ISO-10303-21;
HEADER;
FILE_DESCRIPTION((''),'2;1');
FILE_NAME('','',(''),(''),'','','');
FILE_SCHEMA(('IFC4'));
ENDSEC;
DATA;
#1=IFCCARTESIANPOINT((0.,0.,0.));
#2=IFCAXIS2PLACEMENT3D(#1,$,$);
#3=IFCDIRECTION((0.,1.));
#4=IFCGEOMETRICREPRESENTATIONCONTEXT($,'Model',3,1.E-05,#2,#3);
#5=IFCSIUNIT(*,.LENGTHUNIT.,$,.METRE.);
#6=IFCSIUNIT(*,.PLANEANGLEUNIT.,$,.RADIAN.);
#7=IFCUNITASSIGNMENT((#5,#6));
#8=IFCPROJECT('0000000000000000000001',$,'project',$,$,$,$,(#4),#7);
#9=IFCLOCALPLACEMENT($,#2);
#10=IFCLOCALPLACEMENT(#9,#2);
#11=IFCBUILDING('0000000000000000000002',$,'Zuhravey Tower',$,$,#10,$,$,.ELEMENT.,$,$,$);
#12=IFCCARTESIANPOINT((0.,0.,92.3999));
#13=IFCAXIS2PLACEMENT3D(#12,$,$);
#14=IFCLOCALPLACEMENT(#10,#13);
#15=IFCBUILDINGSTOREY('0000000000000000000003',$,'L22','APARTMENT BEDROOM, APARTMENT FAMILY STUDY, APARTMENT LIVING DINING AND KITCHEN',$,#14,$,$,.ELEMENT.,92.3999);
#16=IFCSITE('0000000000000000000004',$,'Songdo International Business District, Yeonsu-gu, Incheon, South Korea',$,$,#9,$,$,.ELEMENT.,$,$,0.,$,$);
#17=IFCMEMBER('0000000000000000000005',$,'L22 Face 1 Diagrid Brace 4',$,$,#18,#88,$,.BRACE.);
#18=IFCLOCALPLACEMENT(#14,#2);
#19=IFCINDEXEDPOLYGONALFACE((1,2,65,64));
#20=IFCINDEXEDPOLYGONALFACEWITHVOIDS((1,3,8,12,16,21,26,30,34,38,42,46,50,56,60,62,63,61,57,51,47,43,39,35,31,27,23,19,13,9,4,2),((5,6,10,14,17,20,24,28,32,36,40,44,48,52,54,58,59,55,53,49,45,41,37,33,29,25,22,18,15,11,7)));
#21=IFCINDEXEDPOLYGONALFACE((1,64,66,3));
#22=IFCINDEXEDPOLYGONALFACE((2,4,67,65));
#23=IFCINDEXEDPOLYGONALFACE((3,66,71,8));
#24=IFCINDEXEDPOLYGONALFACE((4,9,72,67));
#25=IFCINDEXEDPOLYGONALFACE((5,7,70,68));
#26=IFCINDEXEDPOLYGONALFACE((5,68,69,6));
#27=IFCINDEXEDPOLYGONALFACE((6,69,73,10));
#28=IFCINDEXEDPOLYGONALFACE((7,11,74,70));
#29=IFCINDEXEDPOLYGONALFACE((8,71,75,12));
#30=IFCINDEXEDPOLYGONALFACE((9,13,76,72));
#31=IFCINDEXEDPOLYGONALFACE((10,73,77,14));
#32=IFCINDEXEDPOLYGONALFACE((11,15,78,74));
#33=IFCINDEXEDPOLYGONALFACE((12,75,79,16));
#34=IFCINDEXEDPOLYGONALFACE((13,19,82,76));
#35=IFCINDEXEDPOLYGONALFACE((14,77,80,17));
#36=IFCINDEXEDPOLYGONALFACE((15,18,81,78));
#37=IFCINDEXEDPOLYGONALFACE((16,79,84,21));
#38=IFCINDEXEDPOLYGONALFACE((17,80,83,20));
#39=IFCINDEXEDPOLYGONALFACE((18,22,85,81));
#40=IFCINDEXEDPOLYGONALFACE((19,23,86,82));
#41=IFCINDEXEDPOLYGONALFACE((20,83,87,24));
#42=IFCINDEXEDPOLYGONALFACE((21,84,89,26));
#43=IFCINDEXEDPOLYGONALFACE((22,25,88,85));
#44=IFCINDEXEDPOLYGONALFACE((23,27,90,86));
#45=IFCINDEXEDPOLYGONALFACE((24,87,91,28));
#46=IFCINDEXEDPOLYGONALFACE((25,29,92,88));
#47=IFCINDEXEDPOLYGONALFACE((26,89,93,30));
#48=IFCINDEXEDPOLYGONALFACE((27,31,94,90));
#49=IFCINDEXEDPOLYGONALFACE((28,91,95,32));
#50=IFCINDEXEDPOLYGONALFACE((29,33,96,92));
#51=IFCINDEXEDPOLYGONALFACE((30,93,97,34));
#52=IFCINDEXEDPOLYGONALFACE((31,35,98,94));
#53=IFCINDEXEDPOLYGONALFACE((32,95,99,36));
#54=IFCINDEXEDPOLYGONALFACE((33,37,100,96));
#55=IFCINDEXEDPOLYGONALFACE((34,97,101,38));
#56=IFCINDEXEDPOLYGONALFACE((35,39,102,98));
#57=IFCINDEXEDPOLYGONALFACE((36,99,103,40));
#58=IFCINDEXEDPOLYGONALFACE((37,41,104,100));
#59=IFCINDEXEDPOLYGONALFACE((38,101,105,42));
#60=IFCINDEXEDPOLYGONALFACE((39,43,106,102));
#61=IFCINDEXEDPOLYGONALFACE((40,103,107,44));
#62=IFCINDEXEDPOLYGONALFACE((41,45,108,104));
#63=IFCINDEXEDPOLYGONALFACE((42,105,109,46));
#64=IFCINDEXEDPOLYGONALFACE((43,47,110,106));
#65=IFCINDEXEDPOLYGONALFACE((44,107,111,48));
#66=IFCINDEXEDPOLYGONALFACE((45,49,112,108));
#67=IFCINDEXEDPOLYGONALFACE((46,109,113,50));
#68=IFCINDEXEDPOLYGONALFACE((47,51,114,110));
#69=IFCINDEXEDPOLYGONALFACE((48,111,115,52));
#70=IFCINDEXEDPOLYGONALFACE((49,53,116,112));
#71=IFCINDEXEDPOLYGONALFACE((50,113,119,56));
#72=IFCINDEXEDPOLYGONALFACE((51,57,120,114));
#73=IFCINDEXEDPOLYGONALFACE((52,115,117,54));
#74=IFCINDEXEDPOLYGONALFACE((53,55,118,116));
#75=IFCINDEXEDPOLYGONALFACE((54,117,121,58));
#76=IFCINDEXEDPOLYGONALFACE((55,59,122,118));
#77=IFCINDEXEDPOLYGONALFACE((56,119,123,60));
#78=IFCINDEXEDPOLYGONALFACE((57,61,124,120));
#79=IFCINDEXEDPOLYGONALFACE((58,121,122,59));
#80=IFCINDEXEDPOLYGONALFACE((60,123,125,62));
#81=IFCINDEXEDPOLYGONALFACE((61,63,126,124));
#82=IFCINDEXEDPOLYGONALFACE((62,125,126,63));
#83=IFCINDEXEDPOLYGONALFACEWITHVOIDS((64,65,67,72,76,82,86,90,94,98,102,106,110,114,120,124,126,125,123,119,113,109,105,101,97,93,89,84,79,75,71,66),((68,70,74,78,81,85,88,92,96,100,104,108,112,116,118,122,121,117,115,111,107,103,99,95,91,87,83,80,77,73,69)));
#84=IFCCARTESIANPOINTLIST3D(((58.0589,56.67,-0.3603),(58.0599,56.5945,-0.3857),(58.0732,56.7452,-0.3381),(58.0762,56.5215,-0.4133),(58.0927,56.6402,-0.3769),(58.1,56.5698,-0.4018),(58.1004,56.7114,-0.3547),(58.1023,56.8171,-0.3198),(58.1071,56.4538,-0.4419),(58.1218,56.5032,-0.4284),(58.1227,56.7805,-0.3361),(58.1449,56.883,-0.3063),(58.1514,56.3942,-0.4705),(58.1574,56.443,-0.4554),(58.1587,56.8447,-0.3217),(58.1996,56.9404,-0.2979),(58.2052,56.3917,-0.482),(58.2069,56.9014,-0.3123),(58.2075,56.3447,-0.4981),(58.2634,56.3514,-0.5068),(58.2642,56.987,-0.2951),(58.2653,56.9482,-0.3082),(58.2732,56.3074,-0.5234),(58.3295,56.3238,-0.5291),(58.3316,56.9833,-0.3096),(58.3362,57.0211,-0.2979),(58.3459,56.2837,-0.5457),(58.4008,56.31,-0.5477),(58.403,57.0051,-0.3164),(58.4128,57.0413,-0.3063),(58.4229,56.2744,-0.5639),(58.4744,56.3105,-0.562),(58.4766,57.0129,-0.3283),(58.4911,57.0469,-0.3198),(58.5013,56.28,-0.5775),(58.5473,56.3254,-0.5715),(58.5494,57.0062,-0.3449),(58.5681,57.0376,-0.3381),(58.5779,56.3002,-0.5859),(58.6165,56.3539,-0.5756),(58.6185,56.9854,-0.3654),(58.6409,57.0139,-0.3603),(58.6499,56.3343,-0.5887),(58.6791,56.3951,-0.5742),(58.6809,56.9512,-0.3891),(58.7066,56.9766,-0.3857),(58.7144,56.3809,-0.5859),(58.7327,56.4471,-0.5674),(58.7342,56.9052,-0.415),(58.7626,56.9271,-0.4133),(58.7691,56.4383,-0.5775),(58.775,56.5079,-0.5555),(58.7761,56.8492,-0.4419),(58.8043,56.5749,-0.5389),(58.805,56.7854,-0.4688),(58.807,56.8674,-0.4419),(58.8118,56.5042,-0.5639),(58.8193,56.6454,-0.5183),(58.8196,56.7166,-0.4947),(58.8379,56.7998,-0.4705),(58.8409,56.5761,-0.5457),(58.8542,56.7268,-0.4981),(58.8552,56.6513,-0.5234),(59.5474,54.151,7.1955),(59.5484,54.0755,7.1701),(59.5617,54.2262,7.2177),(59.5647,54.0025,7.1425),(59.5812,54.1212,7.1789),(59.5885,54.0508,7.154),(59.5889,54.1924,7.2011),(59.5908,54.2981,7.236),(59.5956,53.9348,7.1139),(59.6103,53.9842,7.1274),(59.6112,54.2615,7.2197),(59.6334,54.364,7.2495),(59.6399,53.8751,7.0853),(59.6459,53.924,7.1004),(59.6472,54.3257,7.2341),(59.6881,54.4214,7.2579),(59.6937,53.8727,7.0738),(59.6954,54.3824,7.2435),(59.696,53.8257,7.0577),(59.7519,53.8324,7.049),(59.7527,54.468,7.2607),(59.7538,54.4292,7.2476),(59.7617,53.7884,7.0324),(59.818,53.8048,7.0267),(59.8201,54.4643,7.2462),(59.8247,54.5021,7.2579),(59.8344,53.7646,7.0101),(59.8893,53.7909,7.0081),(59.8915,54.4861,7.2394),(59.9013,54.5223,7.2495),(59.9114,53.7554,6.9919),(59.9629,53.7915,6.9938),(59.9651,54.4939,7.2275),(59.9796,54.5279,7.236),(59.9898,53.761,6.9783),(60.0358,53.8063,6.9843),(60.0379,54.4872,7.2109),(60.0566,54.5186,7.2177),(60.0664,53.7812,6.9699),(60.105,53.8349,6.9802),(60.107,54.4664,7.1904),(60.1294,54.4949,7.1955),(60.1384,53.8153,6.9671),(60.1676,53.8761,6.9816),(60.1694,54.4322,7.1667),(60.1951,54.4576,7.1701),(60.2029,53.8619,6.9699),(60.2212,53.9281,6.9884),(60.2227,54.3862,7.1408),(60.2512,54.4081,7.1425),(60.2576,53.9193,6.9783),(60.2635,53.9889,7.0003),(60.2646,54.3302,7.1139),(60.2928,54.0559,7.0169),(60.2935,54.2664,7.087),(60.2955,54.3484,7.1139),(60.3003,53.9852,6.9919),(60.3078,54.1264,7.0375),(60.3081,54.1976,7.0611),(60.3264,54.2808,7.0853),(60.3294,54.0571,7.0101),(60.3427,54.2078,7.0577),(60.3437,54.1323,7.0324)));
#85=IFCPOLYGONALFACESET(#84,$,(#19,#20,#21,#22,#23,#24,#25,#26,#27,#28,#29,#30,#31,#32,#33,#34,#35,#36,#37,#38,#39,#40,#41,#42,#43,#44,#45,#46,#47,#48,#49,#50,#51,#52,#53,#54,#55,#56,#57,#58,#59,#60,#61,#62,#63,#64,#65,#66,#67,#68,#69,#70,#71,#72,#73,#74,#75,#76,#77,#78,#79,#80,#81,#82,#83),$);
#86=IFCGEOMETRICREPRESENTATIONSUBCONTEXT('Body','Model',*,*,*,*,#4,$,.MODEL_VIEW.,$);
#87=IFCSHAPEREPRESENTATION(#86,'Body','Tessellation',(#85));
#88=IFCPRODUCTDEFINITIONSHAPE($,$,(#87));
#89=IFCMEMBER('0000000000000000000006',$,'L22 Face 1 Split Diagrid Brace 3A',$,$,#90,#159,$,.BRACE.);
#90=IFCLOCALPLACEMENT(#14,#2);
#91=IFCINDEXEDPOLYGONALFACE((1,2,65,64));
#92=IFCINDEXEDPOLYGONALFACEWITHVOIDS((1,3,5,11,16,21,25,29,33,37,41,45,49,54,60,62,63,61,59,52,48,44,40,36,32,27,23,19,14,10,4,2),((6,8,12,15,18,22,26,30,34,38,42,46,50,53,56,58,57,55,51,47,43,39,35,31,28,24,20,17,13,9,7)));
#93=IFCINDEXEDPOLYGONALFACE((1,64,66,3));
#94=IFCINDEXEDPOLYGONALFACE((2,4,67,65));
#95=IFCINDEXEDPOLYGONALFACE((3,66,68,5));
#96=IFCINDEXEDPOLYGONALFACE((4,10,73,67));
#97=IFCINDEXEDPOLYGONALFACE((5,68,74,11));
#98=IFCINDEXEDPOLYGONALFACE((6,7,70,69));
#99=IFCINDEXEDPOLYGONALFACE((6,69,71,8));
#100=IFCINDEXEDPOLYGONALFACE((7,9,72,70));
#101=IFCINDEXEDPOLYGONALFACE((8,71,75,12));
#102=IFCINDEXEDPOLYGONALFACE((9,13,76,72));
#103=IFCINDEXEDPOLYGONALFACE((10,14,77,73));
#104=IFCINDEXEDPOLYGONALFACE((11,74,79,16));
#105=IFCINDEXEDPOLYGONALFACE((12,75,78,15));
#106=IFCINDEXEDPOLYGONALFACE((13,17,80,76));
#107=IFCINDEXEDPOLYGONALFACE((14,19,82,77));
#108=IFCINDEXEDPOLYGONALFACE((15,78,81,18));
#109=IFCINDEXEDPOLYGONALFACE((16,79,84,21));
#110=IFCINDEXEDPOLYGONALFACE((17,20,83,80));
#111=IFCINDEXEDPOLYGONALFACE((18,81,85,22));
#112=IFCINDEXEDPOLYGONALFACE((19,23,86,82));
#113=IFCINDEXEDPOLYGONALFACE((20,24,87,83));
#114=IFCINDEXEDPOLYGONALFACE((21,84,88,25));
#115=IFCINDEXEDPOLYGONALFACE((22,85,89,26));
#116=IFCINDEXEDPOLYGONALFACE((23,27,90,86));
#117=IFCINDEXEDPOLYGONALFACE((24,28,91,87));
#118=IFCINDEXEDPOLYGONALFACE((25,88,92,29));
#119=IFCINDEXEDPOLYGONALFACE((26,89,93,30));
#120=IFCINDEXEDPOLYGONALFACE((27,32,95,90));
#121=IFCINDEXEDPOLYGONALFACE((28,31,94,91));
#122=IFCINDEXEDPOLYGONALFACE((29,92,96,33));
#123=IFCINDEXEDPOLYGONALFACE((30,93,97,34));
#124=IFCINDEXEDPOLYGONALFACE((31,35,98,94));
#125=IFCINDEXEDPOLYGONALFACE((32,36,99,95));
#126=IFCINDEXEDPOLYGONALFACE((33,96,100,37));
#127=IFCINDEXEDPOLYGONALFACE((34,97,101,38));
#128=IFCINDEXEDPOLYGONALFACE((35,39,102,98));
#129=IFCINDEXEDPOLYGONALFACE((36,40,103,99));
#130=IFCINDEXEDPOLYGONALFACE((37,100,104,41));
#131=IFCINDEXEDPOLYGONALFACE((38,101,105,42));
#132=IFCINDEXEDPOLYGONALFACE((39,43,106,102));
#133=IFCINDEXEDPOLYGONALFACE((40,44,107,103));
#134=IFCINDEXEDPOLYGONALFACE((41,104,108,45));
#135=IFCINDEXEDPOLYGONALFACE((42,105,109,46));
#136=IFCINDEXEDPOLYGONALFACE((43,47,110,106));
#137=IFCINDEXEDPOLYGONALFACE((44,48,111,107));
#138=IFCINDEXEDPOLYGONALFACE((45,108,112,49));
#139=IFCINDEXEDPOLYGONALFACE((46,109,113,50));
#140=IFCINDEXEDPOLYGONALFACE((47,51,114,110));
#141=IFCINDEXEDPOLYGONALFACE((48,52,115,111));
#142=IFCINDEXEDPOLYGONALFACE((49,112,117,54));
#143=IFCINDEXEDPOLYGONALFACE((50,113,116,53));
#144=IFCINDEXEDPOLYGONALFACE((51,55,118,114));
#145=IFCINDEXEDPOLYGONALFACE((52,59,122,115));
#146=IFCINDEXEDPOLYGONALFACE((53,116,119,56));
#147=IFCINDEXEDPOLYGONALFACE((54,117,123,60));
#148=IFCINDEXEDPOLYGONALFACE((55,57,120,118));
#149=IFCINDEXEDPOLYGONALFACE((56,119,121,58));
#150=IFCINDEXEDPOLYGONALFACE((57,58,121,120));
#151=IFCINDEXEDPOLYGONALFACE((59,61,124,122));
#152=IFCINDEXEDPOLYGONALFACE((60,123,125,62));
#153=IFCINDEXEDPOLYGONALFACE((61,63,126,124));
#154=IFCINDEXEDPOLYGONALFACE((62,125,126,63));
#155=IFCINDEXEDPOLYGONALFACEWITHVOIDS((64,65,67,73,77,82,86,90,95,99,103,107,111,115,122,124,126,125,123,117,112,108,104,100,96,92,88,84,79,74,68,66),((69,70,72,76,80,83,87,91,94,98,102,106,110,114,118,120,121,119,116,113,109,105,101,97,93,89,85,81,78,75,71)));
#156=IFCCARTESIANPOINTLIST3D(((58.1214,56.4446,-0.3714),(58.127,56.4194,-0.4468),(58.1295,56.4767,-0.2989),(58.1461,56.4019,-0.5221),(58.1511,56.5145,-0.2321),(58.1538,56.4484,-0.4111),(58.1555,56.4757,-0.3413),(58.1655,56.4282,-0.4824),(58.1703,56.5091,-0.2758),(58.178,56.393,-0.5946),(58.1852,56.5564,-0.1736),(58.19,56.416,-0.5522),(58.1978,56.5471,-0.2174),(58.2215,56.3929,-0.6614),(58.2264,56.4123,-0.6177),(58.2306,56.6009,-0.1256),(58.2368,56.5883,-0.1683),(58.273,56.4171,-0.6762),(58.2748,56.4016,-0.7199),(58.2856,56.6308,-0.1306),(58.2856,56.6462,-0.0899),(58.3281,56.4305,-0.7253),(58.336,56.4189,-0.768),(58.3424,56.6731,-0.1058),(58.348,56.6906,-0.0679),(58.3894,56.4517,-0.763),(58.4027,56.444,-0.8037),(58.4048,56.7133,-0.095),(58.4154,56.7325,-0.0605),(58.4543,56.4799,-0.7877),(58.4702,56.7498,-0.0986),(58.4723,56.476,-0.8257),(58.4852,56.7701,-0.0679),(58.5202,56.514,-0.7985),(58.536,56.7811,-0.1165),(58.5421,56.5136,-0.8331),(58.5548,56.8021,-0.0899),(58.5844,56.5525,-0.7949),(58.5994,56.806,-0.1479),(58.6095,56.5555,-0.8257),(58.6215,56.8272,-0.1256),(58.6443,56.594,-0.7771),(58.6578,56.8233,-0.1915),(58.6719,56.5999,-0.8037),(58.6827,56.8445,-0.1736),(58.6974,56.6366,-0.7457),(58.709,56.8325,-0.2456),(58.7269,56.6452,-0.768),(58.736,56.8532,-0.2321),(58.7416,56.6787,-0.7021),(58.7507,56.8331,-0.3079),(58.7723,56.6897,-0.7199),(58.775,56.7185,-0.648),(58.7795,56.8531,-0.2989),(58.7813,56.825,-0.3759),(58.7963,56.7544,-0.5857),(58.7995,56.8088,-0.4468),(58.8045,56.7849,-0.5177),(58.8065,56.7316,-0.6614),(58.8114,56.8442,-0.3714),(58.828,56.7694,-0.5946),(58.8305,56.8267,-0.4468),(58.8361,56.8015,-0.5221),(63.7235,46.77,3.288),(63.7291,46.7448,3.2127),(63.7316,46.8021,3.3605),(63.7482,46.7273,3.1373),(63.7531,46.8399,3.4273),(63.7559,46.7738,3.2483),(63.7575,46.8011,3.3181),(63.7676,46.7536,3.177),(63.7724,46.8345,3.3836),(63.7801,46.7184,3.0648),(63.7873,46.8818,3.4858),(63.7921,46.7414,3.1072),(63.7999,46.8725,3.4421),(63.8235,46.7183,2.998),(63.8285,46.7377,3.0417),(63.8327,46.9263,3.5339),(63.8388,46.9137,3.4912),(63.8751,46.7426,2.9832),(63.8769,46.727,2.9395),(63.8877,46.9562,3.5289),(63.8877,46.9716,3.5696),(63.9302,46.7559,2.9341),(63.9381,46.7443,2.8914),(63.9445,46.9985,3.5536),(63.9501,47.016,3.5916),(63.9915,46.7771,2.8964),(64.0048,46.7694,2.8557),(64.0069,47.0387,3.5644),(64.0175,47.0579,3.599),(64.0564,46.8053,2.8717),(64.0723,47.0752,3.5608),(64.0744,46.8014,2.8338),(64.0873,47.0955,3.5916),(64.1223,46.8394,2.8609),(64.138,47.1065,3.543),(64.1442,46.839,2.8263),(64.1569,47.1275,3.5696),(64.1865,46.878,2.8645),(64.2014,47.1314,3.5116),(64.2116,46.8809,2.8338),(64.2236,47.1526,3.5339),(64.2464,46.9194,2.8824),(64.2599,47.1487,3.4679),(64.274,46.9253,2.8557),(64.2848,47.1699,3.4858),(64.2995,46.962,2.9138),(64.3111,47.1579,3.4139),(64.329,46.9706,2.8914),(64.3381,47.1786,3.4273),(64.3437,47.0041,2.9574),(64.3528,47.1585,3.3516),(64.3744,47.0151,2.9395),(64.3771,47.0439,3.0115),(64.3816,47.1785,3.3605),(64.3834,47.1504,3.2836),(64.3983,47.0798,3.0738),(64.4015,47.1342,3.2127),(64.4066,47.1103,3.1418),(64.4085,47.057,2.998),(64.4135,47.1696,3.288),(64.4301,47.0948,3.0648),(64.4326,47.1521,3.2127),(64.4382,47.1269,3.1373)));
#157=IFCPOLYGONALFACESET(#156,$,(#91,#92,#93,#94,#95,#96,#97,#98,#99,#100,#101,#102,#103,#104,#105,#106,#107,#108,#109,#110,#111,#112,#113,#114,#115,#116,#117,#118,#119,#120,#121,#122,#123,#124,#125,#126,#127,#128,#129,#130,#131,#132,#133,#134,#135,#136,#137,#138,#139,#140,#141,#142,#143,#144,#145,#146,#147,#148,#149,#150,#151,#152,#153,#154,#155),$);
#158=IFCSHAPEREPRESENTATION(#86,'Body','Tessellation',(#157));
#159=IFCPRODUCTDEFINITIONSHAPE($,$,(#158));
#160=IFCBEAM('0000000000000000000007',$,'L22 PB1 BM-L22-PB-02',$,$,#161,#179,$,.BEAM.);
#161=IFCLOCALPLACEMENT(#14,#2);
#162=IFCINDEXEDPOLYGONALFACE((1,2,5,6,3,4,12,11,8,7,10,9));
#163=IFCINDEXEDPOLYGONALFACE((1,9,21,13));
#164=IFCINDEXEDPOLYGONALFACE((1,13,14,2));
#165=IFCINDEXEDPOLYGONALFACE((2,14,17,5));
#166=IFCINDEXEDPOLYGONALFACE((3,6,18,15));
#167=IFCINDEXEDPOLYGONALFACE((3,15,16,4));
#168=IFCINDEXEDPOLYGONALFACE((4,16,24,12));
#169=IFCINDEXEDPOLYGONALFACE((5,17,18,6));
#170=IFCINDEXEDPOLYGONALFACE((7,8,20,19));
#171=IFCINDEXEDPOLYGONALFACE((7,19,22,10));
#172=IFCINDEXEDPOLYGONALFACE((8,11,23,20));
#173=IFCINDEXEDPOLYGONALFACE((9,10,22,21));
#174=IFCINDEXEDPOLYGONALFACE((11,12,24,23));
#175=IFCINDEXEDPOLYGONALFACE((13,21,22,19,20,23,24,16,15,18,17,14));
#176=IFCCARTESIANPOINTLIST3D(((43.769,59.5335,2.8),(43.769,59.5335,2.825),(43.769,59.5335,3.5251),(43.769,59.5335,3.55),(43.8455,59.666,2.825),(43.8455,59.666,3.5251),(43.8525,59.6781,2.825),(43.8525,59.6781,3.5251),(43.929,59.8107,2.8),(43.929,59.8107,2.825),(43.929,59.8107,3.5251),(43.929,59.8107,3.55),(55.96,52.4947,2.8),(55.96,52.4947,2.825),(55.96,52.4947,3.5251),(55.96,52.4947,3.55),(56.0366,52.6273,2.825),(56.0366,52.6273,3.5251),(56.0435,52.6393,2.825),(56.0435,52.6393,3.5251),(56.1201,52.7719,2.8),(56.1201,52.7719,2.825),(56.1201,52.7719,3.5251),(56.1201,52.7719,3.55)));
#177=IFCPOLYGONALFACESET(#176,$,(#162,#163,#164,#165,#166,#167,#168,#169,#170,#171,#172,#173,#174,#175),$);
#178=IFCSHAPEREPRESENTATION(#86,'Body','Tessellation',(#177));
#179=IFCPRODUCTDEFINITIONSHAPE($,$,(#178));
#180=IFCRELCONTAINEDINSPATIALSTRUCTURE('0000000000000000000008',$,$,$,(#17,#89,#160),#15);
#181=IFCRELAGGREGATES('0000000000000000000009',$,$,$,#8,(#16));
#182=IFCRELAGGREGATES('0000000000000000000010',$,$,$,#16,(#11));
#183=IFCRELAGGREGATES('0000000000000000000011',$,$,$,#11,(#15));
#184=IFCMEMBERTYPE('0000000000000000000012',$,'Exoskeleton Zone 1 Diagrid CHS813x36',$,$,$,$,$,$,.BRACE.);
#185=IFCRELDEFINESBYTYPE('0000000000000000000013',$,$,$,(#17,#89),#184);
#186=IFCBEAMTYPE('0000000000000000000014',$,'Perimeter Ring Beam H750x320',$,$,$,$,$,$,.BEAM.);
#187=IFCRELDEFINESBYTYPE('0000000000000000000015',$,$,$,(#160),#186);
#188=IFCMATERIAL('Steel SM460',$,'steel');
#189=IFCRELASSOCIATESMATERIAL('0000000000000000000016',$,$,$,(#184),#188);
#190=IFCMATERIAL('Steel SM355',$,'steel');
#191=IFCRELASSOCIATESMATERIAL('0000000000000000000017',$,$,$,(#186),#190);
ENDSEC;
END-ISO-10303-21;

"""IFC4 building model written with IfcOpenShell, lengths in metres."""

from ifc_helpers import new_model, si_unit, direction, frame, origin, origin_2d, place, context, subcontext, project, spatial, hollow_circle, i_section, extrude, material, material_profile, profile_set, type_object, element, save


model = new_model("IFC4")

# Units and contexts
model_context = context("Model", 3, precision=1e-05, world=origin(), true_north=direction((0.0, 1.0)))
body_context = subcontext(model_context, "Body", "Model", "MODEL_VIEW")
ifc_project = project(units=[si_unit("LENGTHUNIT", "METRE"), si_unit("PLANEANGLEUNIT", "RADIAN")], contexts=[model_context])

# Site, building, storey
site_placement = place(None, origin())
site = spatial("IfcSite", under=ifc_project, at=site_placement, Name="Songdo International Business District, Yeonsu-gu, Incheon, South Korea", CompositionType="ELEMENT", RefElevation=0.0)
building_placement = place(site_placement, origin())
building = spatial("IfcBuilding", under=site, at=building_placement, Name="Zuhravey Tower", CompositionType="ELEMENT")
storey_placement = place(building_placement, frame((0.0, 0.0, 92.3999)))
storey = spatial("IfcBuildingStorey", under=building, at=storey_placement, Name="L22", Description="APARTMENT BEDROOM, APARTMENT FAMILY STUDY, APARTMENT LIVING DINING AND KITCHEN", CompositionType="ELEMENT", Elevation=92.3999)

# Members
ifc_material_1 = material(Name="Steel SM460", Category="steel")
ifc_material_profile_1 = material_profile(ifc_material_1, hollow_circle(Radius=0.4065, WallThickness=0.0359, at=origin_2d()), Name="CHS-812.8x36")
ifc_profile_set_1 = profile_set([ifc_material_profile_1], Name="Steel SM460")
member_type_1 = type_object("IfcMemberType", Name="Exoskeleton Zone 1 Diagrid CHS813x36", PredefinedType="BRACE", material=ifc_profile_set_1)
member_1_placement = place(storey_placement, frame((58.457, 56.6606, -0.4419), z_axis=(0.183708, -0.310891, 0.932522), x_axis=(0.860927, 0.508729, 0.0)))
element("IfcMember", 1, at=member_1_placement, inside=storey, type_object=member_type_1, Name="L22 Face 1 Diagrid Brace 4", PredefinedType="BRACE", context=body_context, shape_type="SweptSolid", body=[
    extrude(hollow_circle(Radius=0.4065, WallThickness=0.0359, at=origin_2d()), origin(), (0.0, 0.0, 1.0), 8.1025),
])
member_2_placement = place(storey_placement, frame((58.4788, 56.623, -0.4468), z_axis=(0.476238, -0.822447, 0.311092), x_axis=(0.865388, 0.501103, 0.0)))
element("IfcMember", 2, at=member_2_placement, inside=storey, type_object=member_type_1, Name="L22 Face 1 Split Diagrid Brace 3A", PredefinedType="BRACE", context=body_context, shape_type="SweptSolid", body=[
    extrude(hollow_circle(Radius=0.4065, WallThickness=0.0359, at=origin_2d()), origin(), (0.0, 0.0, 1.0), 11.7632),
])

# Beam
ifc_material_2 = material(Name="Steel SM355", Category="steel")
ifc_material_profile_2 = material_profile(ifc_material_2, i_section(OverallWidth=0.3201, OverallDepth=0.75, WebThickness=0.0139, FlangeThickness=0.0249, at=origin_2d()), Name="H-750x320x14x25")
ifc_profile_set_2 = profile_set([ifc_material_profile_2], Name="Steel SM355")
beam_type_1 = type_object("IfcBeamType", Name="Perimeter Ring Beam H750x320", PredefinedType="BEAM", material=ifc_profile_set_2)
beam_1_placement = place(storey_placement, frame((56.04, 52.6333, 3.175), z_axis=(-0.866018, 0.500013, 0.0), x_axis=(-0.500013, -0.866018, 0.0)))
element("IfcBeam", 3, at=beam_1_placement, inside=storey, type_object=beam_type_1, Name="L22 PB1 BM-L22-PB-02", PredefinedType="BEAM", context=body_context, shape_type="SweptSolid", body=[
    extrude(i_section(OverallWidth=0.3201, OverallDepth=0.75, WebThickness=0.0139, FlangeThickness=0.0249, at=origin_2d()), origin(), (0.0, 0.0, 1.0), 14.0771),
])

save(model, "model.ifc")
